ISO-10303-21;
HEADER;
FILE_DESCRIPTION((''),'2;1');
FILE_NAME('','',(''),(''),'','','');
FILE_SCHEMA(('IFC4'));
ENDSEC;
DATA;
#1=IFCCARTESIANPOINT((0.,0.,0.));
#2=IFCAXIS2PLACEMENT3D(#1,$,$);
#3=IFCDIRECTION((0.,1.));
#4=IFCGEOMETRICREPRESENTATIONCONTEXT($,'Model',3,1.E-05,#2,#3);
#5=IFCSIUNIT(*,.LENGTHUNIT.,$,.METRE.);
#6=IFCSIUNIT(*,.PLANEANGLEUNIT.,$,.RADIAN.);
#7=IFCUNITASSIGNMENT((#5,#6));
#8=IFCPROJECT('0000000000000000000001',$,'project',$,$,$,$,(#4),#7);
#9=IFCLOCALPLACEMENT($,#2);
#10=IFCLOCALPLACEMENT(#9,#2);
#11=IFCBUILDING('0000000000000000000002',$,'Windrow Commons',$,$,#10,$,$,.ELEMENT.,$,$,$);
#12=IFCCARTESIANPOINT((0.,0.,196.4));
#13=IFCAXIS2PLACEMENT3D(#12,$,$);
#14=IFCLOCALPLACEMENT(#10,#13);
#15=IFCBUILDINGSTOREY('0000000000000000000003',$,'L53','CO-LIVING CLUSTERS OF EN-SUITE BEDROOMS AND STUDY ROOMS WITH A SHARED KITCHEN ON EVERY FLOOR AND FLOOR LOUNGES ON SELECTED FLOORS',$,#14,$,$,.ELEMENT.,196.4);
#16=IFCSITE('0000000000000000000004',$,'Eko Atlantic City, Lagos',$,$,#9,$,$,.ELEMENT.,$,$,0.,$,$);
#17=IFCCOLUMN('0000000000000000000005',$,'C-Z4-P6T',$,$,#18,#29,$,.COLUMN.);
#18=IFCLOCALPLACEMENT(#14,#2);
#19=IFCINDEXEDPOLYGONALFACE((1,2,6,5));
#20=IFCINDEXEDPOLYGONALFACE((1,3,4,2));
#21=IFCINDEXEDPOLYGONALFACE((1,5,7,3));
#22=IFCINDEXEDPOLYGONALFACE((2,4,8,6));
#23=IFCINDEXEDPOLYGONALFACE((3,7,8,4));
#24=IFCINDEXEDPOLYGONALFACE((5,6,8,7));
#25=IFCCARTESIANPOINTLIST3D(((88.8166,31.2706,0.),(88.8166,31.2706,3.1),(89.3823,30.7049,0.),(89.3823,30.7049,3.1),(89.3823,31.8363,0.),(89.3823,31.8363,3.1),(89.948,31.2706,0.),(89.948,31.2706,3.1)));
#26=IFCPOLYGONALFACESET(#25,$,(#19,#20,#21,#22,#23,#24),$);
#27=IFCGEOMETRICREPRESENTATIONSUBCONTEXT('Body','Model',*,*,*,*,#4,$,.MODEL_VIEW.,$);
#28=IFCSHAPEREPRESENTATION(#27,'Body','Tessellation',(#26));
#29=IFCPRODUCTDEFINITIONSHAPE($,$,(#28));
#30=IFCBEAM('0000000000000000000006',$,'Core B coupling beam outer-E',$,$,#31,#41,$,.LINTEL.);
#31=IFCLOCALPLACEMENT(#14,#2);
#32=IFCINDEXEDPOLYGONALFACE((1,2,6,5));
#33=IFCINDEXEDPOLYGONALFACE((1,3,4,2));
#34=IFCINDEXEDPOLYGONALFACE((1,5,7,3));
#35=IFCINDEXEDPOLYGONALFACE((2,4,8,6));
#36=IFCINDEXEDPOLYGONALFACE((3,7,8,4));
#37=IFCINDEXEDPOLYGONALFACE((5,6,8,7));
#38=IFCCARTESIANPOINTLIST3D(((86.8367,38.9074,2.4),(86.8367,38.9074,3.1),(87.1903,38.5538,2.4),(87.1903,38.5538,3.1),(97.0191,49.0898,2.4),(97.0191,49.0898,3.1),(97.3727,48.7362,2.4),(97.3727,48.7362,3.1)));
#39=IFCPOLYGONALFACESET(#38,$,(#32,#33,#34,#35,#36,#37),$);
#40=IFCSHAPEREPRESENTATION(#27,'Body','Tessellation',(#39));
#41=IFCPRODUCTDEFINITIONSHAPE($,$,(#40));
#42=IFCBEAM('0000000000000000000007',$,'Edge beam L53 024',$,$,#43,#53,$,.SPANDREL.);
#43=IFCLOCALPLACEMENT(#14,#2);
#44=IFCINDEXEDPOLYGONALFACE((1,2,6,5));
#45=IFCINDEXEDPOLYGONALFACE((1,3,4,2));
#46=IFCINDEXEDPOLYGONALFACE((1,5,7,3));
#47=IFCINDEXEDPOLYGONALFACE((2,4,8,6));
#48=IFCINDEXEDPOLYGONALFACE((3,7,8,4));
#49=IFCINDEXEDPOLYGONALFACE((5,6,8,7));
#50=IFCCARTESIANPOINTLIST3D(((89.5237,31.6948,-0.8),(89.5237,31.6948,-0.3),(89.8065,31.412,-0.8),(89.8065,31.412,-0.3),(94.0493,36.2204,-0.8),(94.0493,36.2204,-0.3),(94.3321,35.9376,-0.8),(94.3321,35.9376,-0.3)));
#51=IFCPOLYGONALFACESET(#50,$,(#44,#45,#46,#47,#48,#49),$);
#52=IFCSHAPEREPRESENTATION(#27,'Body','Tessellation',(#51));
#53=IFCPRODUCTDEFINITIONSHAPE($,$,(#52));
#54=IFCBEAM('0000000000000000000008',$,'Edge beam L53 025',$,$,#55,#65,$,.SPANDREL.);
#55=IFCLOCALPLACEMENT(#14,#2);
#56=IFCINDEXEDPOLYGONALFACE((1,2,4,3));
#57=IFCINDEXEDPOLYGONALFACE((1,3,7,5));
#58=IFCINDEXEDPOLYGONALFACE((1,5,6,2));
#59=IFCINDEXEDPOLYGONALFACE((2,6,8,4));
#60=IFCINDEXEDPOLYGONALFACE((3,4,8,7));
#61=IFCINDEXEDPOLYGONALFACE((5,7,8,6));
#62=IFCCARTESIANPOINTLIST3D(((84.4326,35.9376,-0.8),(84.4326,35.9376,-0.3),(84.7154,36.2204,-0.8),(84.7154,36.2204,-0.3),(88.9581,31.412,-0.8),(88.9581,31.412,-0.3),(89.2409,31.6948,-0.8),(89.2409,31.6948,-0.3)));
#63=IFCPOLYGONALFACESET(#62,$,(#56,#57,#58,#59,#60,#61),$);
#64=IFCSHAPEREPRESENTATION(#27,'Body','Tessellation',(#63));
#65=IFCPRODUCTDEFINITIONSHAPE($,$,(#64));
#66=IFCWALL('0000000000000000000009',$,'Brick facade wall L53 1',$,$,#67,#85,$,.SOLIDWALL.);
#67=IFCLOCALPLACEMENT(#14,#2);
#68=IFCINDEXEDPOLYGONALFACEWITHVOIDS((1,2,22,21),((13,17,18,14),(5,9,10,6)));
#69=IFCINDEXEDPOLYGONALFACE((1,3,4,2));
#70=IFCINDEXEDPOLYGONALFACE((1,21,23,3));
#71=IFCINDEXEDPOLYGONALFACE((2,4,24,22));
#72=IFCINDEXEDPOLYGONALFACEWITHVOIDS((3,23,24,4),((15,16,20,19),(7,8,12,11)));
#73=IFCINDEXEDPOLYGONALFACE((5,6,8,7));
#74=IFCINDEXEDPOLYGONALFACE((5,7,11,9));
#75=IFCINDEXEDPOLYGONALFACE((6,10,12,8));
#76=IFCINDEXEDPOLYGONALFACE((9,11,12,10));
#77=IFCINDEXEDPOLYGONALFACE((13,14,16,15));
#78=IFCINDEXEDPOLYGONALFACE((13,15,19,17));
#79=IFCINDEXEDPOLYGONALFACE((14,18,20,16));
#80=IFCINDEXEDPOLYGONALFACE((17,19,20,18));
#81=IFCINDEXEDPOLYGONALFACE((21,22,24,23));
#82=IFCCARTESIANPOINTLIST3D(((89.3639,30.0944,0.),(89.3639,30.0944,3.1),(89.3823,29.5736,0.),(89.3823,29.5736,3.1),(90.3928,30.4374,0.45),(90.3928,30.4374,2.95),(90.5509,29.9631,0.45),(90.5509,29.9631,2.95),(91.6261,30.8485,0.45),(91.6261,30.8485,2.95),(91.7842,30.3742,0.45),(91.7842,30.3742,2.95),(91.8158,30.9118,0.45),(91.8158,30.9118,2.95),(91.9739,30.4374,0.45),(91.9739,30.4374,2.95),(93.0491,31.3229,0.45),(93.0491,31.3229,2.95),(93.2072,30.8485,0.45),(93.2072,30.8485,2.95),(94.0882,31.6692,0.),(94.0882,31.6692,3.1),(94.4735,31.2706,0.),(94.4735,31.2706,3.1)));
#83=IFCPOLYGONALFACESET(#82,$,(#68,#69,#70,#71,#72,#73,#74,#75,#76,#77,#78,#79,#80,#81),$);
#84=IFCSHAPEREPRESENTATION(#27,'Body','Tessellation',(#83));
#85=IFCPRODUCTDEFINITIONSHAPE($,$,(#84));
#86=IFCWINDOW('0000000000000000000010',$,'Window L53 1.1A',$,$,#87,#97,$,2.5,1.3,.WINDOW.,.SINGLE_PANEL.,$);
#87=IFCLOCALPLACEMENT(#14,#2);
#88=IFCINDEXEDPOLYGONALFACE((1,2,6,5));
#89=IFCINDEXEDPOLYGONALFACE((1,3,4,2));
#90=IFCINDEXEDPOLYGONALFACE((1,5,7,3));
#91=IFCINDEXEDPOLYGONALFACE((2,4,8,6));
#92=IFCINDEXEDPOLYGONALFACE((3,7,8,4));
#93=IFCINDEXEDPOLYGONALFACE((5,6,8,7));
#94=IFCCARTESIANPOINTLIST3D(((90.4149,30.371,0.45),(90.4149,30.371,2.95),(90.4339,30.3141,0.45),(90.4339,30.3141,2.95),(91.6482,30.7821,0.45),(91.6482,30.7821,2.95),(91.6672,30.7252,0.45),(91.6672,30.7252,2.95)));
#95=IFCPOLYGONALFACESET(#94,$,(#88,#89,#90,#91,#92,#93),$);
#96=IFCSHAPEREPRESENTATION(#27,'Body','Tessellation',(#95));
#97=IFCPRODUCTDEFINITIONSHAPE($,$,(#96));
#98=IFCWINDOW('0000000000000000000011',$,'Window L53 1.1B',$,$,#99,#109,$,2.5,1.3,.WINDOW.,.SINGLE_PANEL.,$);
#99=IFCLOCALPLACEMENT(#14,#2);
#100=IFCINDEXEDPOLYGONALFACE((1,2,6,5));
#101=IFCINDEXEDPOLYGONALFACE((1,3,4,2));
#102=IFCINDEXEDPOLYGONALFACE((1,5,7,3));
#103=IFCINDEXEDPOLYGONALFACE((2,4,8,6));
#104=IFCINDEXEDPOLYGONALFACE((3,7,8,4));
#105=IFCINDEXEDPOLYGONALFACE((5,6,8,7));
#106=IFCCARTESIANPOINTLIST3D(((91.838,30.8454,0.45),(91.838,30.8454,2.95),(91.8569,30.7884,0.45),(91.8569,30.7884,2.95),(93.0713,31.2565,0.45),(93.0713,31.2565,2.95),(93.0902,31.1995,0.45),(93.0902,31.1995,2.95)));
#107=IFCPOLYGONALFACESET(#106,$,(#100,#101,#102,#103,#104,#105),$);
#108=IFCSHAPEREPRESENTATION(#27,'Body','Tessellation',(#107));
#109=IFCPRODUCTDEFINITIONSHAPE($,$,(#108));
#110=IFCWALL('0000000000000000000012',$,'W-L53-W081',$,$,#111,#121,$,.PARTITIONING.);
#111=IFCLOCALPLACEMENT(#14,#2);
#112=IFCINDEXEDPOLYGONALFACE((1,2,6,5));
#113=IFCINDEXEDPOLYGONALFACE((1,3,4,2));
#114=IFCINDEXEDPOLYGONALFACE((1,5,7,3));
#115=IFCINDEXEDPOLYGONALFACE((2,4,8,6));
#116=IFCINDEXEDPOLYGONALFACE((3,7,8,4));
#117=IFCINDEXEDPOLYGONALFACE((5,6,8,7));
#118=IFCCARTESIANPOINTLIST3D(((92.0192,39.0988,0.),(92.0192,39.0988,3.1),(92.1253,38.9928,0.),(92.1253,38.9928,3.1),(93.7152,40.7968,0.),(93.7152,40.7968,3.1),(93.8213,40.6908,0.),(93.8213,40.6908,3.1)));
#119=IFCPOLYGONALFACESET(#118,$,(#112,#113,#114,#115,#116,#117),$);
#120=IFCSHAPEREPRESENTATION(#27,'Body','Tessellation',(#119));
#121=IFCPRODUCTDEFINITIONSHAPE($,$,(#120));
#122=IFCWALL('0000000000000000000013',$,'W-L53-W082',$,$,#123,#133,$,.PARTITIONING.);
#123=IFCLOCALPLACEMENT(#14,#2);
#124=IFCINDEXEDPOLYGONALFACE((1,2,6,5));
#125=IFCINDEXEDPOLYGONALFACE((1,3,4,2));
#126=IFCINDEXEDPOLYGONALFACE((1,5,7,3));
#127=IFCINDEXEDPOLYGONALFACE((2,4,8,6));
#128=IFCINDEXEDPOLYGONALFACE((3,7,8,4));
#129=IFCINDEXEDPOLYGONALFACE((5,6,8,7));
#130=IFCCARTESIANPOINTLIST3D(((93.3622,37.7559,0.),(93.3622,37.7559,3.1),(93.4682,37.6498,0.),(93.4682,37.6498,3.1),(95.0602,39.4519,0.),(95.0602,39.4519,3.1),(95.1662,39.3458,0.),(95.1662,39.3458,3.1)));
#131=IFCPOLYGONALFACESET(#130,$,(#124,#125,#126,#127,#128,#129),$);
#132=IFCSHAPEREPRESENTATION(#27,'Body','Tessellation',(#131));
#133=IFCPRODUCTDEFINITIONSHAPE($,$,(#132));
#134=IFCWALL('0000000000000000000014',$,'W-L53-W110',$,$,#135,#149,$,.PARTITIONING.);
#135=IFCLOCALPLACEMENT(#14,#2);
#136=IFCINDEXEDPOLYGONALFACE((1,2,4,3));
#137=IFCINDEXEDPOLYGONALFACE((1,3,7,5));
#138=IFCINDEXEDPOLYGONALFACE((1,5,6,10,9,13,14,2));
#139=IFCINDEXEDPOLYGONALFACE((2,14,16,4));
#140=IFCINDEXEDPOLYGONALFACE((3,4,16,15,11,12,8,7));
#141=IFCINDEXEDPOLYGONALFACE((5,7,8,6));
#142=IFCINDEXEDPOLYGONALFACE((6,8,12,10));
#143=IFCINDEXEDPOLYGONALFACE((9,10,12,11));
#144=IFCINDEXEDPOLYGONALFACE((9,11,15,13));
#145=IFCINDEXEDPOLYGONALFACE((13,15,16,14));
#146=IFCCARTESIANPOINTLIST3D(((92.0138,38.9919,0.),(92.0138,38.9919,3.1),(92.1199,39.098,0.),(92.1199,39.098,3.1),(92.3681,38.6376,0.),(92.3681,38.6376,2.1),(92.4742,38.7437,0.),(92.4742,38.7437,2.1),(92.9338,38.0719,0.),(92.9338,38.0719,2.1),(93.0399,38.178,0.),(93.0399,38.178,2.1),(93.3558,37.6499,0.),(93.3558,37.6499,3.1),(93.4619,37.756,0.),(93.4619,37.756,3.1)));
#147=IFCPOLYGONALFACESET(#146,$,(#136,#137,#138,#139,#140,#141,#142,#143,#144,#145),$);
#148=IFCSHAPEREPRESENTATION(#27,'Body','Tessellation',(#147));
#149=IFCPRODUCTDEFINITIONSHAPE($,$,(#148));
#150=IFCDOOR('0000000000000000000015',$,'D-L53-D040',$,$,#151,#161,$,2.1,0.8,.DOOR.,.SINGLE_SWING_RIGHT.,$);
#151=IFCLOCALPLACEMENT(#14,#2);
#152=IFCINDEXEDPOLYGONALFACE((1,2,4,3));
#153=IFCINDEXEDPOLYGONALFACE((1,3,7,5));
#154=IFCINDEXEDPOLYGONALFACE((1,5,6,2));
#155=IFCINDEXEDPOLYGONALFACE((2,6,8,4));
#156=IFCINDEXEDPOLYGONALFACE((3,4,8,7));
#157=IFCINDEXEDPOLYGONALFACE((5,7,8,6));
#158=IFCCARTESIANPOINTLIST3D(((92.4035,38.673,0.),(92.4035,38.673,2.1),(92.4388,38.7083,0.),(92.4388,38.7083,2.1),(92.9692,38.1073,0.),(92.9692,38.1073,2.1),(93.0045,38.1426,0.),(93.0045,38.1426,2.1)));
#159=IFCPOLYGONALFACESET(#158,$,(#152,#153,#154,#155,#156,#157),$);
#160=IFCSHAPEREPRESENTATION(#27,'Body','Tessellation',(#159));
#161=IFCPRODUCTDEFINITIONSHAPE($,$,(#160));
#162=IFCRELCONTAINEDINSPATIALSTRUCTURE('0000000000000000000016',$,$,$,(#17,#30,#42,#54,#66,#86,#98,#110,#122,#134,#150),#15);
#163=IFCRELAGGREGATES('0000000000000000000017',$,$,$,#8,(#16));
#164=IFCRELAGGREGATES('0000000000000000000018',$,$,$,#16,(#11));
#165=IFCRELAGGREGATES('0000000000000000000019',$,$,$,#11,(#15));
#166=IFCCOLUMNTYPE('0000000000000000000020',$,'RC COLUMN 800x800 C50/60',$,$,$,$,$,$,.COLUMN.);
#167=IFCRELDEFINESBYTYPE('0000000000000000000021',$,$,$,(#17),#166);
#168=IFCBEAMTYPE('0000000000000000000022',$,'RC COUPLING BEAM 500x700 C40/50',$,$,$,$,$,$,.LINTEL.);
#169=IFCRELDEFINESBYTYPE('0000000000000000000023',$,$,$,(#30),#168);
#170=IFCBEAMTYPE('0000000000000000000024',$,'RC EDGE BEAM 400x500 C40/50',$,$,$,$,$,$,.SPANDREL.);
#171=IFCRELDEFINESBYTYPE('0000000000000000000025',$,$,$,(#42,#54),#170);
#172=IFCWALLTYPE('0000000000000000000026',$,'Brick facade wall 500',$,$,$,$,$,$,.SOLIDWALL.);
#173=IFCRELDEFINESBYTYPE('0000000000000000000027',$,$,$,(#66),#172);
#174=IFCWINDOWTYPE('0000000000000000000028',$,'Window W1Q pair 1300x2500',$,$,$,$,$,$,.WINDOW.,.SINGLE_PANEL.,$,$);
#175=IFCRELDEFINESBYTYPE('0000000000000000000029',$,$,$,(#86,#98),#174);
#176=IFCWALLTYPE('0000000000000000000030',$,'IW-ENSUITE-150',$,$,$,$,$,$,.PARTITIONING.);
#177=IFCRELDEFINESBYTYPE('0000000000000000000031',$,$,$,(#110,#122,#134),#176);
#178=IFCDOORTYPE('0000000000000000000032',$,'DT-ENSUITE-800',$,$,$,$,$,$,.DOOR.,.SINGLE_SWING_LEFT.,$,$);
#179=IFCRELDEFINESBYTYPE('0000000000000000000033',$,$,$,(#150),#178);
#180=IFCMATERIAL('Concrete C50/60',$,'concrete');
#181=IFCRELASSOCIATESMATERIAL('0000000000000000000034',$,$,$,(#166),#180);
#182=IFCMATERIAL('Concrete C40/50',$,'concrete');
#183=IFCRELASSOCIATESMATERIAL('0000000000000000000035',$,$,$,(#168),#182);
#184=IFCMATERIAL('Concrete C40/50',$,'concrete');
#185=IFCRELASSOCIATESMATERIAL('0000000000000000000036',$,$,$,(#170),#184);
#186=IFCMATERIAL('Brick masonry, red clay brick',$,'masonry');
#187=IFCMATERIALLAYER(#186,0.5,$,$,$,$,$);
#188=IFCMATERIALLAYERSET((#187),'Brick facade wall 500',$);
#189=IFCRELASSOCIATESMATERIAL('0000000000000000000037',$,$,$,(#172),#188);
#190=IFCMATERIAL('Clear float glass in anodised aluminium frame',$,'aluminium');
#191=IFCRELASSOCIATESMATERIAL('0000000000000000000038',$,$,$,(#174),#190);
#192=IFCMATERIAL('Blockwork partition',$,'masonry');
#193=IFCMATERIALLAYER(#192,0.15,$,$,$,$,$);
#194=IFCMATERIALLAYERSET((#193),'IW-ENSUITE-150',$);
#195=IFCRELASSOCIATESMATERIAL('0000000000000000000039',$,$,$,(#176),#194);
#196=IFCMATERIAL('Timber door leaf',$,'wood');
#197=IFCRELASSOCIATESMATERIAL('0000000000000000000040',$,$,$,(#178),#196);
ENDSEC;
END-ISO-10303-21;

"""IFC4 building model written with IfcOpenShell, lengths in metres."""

from ifc_helpers import new_model, si_unit, direction, frame, frame_2d, origin, origin_2d, place, context, subcontext, project, spatial, polyline, rectangle, outline, extrude, material, layer, layer_set, material_profile, profile_set, type_object, element, fill, save


model = new_model("IFC4")

# Units and contexts
model_context = context("Model", 3, precision=1e-05, world=origin(), true_north=direction((0.0, 1.0)))
body_context = subcontext(model_context, "Body", "Model", "MODEL_VIEW")
ifc_project = project(units=[si_unit("LENGTHUNIT", "METRE"), si_unit("PLANEANGLEUNIT", "RADIAN")], contexts=[model_context])

# Site, building, storey
site_placement = place(None, origin())
site = spatial("IfcSite", under=ifc_project, at=site_placement, Name="Eko Atlantic City, Lagos", CompositionType="ELEMENT", RefElevation=0.0)
building_placement = place(site_placement, origin())
building = spatial("IfcBuilding", under=site, at=building_placement, Name="Windrow Commons", CompositionType="ELEMENT")
storey_placement = place(building_placement, frame((0.0, 0.0, 196.4)))
storey = spatial("IfcBuildingStorey", under=building, at=storey_placement, Name="L53", Description="CO-LIVING CLUSTERS OF EN-SUITE BEDROOMS AND STUDY ROOMS WITH A SHARED KITCHEN ON EVERY FLOOR AND FLOOR LOUNGES ON SELECTED FLOORS", CompositionType="ELEMENT", Elevation=196.4)

# Column
ifc_material_1 = material(Name="Concrete C50/60", Category="concrete")
ifc_material_profile_1 = material_profile(ifc_material_1, rectangle(XDim=0.8, YDim=0.8, at=origin_2d()))
ifc_profile_set_1 = profile_set([ifc_material_profile_1], Name="Concrete C50/60")
column_type = type_object("IfcColumnType", Name="RC COLUMN 800x800 C50/60", PredefinedType="COLUMN", material=ifc_profile_set_1)
column_placement = place(storey_placement, frame((89.3823, 31.2706, 0.0), z_axis=(0.0, 0.0, 1.0), x_axis=(0.707107, -0.707107, 0.0)))
element("IfcColumn", 1, at=column_placement, inside=storey, type_object=column_type, Name="C-Z4-P6T", PredefinedType="COLUMN", context=body_context, shape_type="SweptSolid", body=[
    extrude(rectangle(XDim=0.8, YDim=0.8, at=origin_2d()), origin(), (0.0, 0.0, 1.0), 3.1),
])

# Beams
ifc_material_2 = material(Name="Concrete C40/50", Category="concrete")
ifc_material_profile_2 = material_profile(ifc_material_2, rectangle(XDim=0.5, YDim=0.7, at=origin_2d()))
ifc_profile_set_2 = profile_set([ifc_material_profile_2], Name="Concrete C40/50")
beam_type_1 = type_object("IfcBeamType", Name="RC COUPLING BEAM 500x700 C40/50", PredefinedType="LINTEL", material=ifc_profile_set_2)
beam_1_placement = place(storey_placement, frame((87.0135, 38.7306, 2.75), z_axis=(0.707107, 0.707107, 0.0), x_axis=(-0.707107, 0.707107, 0.0)))
element("IfcBeam", 2, at=beam_1_placement, inside=storey, type_object=beam_type_1, Name="Core B coupling beam outer-E", PredefinedType="LINTEL", context=body_context, shape_type="SweptSolid", body=[
    extrude(rectangle(XDim=0.5, YDim=0.7, at=origin_2d()), origin(), (0.0, 0.0, 1.0), 14.4001),
])
ifc_material_3 = material(Name="Concrete C40/50", Category="concrete")
ifc_material_profile_3 = material_profile(ifc_material_3, rectangle(XDim=0.4, YDim=0.5, at=origin_2d()))
ifc_profile_set_3 = profile_set([ifc_material_profile_3], Name="Concrete C40/50")
beam_type_2 = type_object("IfcBeamType", Name="RC EDGE BEAM 400x500 C40/50", PredefinedType="SPANDREL", material=ifc_profile_set_3)
beam_2_placement = place(storey_placement, frame((94.1907, 36.079, -0.55), z_axis=(-0.707107, -0.707107, 0.0), x_axis=(0.707107, -0.707107, 0.0)))
element("IfcBeam", 3, at=beam_2_placement, inside=storey, type_object=beam_type_2, Name="Edge beam L53 024", PredefinedType="SPANDREL", context=body_context, shape_type="SweptSolid", body=[
    extrude(rectangle(XDim=0.4, YDim=0.5, at=origin_2d()), origin(), (0.0, 0.0, 1.0), 6.4002),
])
beam_3_placement = place(storey_placement, frame((89.0995, 31.5534, -0.55), z_axis=(-0.707099, 0.707115, 0.0), x_axis=(-0.707115, -0.707099, 0.0)))
element("IfcBeam", 4, at=beam_3_placement, inside=storey, type_object=beam_type_2, Name="Edge beam L53 025", PredefinedType="SPANDREL", context=body_context, shape_type="SweptSolid", body=[
    extrude(rectangle(XDim=0.4, YDim=0.5, at=origin_2d()), origin(), (0.0, 0.0, 1.0), 6.4001),
])

# Wall, openings, windows
ifc_material_4 = material(Name="Brick masonry, red clay brick", Category="masonry")
ifc_layer_1 = layer(ifc_material_4, 0.5)
ifc_layer_set_1 = layer_set([ifc_layer_1], Name="Brick facade wall 500")
wall_type_1 = type_object("IfcWallType", Name="Brick facade wall 500", PredefinedType="SOLIDWALL", material=ifc_layer_set_1)
wall_1_placement = place(storey_placement, frame((89.3731, 29.834, 0.0), z_axis=(0.0, 0.0, 1.0), x_axis=(0.948683, 0.316228, 0.0)))
wall_1 = element("IfcWall", 5, at=wall_1_placement, inside=storey, type_object=wall_type_1, Name="Brick facade wall L53 1", PredefinedType="SOLIDWALL", context=body_context, shape_type="SweptSolid", body=[
    extrude(outline(polyline([(-0.0736, -0.25), (5.293, -0.25), (5.0535, 0.25), (0.0736, 0.25), (-0.0736, -0.25)])), origin(), (0.0, 0.0, 1.0), 3.1),
])
opening_1_placement = place(wall_1_placement, frame((1.1582, 0.0, 0.45)))
opening_1 = element("IfcOpeningElement", 6, at=opening_1_placement, cuts=wall_1, PredefinedType="OPENING", context=body_context, shape_type="SweptSolid", body=[
    extrude(rectangle(XDim=1.3, YDim=2.5, at=frame_2d((0.65, 1.25))), frame((0.0, 0.26, 0.0), z_axis=(0.0, -1.0, 0.0), x_axis=(1.0, 0.0, 0.0)), (0.0, 0.0, 1.0), 0.52),
])
opening_2_placement = place(wall_1_placement, frame((2.6582, 0.0, 0.45)))
opening_2 = element("IfcOpeningElement", 7, at=opening_2_placement, cuts=wall_1, PredefinedType="OPENING", context=body_context, shape_type="SweptSolid", body=[
    extrude(rectangle(XDim=1.3, YDim=2.5, at=frame_2d((0.65, 1.25))), frame((0.0, 0.26, 0.0), z_axis=(0.0, -1.0, 0.0), x_axis=(1.0, 0.0, 0.0)), (0.0, 0.0, 1.0), 0.52),
])
ifc_material_5 = material(Name="Clear float glass in anodised aluminium frame", Category="aluminium")
window_type = type_object("IfcWindowType", Name="Window W1Q pair 1300x2500", PartitioningType="SINGLE_PANEL", PredefinedType="WINDOW", material=ifc_material_5)
window_1_placement = place(opening_1_placement, origin())
window_1 = element("IfcWindow", 8, at=window_1_placement, inside=storey, type_object=window_type, Name="Window L53 1.1A", OverallHeight=2.5, OverallWidth=1.3, PartitioningType="SINGLE_PANEL", PredefinedType="WINDOW", context=body_context, shape_type="SweptSolid", body=[
    extrude(rectangle(XDim=1.3, YDim=2.5, at=frame_2d((0.65, 1.25))), frame((0.0, 0.18, 0.0), z_axis=(0.0, -1.0, 0.0), x_axis=(1.0, 0.0, 0.0)), (0.0, 0.0, 1.0), 0.06),
])
fill(opening_1, window_1)
window_2_placement = place(opening_2_placement, origin())
window_2 = element("IfcWindow", 9, at=window_2_placement, inside=storey, type_object=window_type, Name="Window L53 1.1B", OverallHeight=2.5, OverallWidth=1.3, PartitioningType="SINGLE_PANEL", PredefinedType="WINDOW", context=body_context, shape_type="SweptSolid", body=[
    extrude(rectangle(XDim=1.3, YDim=2.5, at=frame_2d((0.65, 1.25))), frame((0.0, 0.18, 0.0), z_axis=(0.0, -1.0, 0.0), x_axis=(1.0, 0.0, 0.0)), (0.0, 0.0, 1.0), 0.06),
])
fill(opening_2, window_2)

# Walls
ifc_material_6 = material(Name="Blockwork partition", Category="masonry")
ifc_layer_2 = layer(ifc_material_6, 0.15)
ifc_layer_set_2 = layer_set([ifc_layer_2], Name="IW-ENSUITE-150")
wall_type_2 = type_object("IfcWallType", Name="IW-ENSUITE-150", PredefinedType="PARTITIONING", material=ifc_layer_set_2)
for number, where, z_axis, x_axis, name in (
    (10, (92.0722, 39.0458, 0.0), (0.0, 0.0, 1.0), (0.70669, 0.707523, 0.0), "W-L53-W081"),
    (11, (93.4152, 37.7028, 0.0), (0.0, 0.0, 1.0), (0.707523, 0.70669, 0.0), "W-L53-W082"),
):
    element("IfcWall", number, at=place(storey_placement, frame(where, z_axis=z_axis, x_axis=x_axis)), inside=storey, type_object=wall_type_2, Name=name, PredefinedType="PARTITIONING", context=body_context, shape_type="SweptSolid", body=[
        extrude(rectangle(XDim=2.3999, YDim=0.15, at=frame_2d((1.2, 0.0))), origin(), (0.0, 0.0, 1.0), 3.1),
    ])

# Wall, opening, door
wall_2_placement = place(storey_placement, frame((92.0669, 39.0449, 0.0), z_axis=(0.0, 0.0, 1.0), x_axis=(0.707107, -0.707107, 0.0)))
wall_2 = element("IfcWall", 12, at=wall_2_placement, inside=storey, type_object=wall_type_2, Name="W-L53-W110", PredefinedType="PARTITIONING", context=body_context, shape_type="SweptSolid", body=[
    extrude(rectangle(XDim=1.8979, YDim=0.15, at=frame_2d((0.9489, 0.0))), origin(), (0.0, 0.0, 1.0), 3.1),
])
opening_3_placement = place(wall_2_placement, frame((0.501, 0.0, 0.0)))
opening_3 = element("IfcOpeningElement", 13, at=opening_3_placement, cuts=wall_2, PredefinedType="OPENING", context=body_context, shape_type="SweptSolid", body=[
    extrude(rectangle(XDim=0.8, YDim=2.1, at=frame_2d((0.4, 1.05))), frame((0.0, 0.085, 0.0), z_axis=(0.0, -1.0, 0.0), x_axis=(1.0, 0.0, 0.0)), (0.0, 0.0, 1.0), 0.17),
])
ifc_material_7 = material(Name="Timber door leaf", Category="wood")
door_type_1 = type_object("IfcDoorType", Name="DT-ENSUITE-800", OperationType="SINGLE_SWING_LEFT", PredefinedType="DOOR", material=ifc_material_7)
door_1_placement = place(opening_3_placement, origin())
door_1 = element("IfcDoor", 14, at=door_1_placement, inside=storey, type_object=door_type_1, Name="D-L53-D040", OperationType="SINGLE_SWING_RIGHT", OverallHeight=2.1, OverallWidth=0.8, PredefinedType="DOOR", context=body_context, shape_type="SweptSolid", body=[
    extrude(rectangle(XDim=0.8, YDim=2.1, at=frame_2d((0.4, 1.05))), frame((0.0, 0.025, 0.0), z_axis=(0.0, -1.0, 0.0), x_axis=(1.0, 0.0, 0.0)), (0.0, 0.0, 1.0), 0.05),
])
fill(opening_3, door_1)

save(model, "model.ifc")
